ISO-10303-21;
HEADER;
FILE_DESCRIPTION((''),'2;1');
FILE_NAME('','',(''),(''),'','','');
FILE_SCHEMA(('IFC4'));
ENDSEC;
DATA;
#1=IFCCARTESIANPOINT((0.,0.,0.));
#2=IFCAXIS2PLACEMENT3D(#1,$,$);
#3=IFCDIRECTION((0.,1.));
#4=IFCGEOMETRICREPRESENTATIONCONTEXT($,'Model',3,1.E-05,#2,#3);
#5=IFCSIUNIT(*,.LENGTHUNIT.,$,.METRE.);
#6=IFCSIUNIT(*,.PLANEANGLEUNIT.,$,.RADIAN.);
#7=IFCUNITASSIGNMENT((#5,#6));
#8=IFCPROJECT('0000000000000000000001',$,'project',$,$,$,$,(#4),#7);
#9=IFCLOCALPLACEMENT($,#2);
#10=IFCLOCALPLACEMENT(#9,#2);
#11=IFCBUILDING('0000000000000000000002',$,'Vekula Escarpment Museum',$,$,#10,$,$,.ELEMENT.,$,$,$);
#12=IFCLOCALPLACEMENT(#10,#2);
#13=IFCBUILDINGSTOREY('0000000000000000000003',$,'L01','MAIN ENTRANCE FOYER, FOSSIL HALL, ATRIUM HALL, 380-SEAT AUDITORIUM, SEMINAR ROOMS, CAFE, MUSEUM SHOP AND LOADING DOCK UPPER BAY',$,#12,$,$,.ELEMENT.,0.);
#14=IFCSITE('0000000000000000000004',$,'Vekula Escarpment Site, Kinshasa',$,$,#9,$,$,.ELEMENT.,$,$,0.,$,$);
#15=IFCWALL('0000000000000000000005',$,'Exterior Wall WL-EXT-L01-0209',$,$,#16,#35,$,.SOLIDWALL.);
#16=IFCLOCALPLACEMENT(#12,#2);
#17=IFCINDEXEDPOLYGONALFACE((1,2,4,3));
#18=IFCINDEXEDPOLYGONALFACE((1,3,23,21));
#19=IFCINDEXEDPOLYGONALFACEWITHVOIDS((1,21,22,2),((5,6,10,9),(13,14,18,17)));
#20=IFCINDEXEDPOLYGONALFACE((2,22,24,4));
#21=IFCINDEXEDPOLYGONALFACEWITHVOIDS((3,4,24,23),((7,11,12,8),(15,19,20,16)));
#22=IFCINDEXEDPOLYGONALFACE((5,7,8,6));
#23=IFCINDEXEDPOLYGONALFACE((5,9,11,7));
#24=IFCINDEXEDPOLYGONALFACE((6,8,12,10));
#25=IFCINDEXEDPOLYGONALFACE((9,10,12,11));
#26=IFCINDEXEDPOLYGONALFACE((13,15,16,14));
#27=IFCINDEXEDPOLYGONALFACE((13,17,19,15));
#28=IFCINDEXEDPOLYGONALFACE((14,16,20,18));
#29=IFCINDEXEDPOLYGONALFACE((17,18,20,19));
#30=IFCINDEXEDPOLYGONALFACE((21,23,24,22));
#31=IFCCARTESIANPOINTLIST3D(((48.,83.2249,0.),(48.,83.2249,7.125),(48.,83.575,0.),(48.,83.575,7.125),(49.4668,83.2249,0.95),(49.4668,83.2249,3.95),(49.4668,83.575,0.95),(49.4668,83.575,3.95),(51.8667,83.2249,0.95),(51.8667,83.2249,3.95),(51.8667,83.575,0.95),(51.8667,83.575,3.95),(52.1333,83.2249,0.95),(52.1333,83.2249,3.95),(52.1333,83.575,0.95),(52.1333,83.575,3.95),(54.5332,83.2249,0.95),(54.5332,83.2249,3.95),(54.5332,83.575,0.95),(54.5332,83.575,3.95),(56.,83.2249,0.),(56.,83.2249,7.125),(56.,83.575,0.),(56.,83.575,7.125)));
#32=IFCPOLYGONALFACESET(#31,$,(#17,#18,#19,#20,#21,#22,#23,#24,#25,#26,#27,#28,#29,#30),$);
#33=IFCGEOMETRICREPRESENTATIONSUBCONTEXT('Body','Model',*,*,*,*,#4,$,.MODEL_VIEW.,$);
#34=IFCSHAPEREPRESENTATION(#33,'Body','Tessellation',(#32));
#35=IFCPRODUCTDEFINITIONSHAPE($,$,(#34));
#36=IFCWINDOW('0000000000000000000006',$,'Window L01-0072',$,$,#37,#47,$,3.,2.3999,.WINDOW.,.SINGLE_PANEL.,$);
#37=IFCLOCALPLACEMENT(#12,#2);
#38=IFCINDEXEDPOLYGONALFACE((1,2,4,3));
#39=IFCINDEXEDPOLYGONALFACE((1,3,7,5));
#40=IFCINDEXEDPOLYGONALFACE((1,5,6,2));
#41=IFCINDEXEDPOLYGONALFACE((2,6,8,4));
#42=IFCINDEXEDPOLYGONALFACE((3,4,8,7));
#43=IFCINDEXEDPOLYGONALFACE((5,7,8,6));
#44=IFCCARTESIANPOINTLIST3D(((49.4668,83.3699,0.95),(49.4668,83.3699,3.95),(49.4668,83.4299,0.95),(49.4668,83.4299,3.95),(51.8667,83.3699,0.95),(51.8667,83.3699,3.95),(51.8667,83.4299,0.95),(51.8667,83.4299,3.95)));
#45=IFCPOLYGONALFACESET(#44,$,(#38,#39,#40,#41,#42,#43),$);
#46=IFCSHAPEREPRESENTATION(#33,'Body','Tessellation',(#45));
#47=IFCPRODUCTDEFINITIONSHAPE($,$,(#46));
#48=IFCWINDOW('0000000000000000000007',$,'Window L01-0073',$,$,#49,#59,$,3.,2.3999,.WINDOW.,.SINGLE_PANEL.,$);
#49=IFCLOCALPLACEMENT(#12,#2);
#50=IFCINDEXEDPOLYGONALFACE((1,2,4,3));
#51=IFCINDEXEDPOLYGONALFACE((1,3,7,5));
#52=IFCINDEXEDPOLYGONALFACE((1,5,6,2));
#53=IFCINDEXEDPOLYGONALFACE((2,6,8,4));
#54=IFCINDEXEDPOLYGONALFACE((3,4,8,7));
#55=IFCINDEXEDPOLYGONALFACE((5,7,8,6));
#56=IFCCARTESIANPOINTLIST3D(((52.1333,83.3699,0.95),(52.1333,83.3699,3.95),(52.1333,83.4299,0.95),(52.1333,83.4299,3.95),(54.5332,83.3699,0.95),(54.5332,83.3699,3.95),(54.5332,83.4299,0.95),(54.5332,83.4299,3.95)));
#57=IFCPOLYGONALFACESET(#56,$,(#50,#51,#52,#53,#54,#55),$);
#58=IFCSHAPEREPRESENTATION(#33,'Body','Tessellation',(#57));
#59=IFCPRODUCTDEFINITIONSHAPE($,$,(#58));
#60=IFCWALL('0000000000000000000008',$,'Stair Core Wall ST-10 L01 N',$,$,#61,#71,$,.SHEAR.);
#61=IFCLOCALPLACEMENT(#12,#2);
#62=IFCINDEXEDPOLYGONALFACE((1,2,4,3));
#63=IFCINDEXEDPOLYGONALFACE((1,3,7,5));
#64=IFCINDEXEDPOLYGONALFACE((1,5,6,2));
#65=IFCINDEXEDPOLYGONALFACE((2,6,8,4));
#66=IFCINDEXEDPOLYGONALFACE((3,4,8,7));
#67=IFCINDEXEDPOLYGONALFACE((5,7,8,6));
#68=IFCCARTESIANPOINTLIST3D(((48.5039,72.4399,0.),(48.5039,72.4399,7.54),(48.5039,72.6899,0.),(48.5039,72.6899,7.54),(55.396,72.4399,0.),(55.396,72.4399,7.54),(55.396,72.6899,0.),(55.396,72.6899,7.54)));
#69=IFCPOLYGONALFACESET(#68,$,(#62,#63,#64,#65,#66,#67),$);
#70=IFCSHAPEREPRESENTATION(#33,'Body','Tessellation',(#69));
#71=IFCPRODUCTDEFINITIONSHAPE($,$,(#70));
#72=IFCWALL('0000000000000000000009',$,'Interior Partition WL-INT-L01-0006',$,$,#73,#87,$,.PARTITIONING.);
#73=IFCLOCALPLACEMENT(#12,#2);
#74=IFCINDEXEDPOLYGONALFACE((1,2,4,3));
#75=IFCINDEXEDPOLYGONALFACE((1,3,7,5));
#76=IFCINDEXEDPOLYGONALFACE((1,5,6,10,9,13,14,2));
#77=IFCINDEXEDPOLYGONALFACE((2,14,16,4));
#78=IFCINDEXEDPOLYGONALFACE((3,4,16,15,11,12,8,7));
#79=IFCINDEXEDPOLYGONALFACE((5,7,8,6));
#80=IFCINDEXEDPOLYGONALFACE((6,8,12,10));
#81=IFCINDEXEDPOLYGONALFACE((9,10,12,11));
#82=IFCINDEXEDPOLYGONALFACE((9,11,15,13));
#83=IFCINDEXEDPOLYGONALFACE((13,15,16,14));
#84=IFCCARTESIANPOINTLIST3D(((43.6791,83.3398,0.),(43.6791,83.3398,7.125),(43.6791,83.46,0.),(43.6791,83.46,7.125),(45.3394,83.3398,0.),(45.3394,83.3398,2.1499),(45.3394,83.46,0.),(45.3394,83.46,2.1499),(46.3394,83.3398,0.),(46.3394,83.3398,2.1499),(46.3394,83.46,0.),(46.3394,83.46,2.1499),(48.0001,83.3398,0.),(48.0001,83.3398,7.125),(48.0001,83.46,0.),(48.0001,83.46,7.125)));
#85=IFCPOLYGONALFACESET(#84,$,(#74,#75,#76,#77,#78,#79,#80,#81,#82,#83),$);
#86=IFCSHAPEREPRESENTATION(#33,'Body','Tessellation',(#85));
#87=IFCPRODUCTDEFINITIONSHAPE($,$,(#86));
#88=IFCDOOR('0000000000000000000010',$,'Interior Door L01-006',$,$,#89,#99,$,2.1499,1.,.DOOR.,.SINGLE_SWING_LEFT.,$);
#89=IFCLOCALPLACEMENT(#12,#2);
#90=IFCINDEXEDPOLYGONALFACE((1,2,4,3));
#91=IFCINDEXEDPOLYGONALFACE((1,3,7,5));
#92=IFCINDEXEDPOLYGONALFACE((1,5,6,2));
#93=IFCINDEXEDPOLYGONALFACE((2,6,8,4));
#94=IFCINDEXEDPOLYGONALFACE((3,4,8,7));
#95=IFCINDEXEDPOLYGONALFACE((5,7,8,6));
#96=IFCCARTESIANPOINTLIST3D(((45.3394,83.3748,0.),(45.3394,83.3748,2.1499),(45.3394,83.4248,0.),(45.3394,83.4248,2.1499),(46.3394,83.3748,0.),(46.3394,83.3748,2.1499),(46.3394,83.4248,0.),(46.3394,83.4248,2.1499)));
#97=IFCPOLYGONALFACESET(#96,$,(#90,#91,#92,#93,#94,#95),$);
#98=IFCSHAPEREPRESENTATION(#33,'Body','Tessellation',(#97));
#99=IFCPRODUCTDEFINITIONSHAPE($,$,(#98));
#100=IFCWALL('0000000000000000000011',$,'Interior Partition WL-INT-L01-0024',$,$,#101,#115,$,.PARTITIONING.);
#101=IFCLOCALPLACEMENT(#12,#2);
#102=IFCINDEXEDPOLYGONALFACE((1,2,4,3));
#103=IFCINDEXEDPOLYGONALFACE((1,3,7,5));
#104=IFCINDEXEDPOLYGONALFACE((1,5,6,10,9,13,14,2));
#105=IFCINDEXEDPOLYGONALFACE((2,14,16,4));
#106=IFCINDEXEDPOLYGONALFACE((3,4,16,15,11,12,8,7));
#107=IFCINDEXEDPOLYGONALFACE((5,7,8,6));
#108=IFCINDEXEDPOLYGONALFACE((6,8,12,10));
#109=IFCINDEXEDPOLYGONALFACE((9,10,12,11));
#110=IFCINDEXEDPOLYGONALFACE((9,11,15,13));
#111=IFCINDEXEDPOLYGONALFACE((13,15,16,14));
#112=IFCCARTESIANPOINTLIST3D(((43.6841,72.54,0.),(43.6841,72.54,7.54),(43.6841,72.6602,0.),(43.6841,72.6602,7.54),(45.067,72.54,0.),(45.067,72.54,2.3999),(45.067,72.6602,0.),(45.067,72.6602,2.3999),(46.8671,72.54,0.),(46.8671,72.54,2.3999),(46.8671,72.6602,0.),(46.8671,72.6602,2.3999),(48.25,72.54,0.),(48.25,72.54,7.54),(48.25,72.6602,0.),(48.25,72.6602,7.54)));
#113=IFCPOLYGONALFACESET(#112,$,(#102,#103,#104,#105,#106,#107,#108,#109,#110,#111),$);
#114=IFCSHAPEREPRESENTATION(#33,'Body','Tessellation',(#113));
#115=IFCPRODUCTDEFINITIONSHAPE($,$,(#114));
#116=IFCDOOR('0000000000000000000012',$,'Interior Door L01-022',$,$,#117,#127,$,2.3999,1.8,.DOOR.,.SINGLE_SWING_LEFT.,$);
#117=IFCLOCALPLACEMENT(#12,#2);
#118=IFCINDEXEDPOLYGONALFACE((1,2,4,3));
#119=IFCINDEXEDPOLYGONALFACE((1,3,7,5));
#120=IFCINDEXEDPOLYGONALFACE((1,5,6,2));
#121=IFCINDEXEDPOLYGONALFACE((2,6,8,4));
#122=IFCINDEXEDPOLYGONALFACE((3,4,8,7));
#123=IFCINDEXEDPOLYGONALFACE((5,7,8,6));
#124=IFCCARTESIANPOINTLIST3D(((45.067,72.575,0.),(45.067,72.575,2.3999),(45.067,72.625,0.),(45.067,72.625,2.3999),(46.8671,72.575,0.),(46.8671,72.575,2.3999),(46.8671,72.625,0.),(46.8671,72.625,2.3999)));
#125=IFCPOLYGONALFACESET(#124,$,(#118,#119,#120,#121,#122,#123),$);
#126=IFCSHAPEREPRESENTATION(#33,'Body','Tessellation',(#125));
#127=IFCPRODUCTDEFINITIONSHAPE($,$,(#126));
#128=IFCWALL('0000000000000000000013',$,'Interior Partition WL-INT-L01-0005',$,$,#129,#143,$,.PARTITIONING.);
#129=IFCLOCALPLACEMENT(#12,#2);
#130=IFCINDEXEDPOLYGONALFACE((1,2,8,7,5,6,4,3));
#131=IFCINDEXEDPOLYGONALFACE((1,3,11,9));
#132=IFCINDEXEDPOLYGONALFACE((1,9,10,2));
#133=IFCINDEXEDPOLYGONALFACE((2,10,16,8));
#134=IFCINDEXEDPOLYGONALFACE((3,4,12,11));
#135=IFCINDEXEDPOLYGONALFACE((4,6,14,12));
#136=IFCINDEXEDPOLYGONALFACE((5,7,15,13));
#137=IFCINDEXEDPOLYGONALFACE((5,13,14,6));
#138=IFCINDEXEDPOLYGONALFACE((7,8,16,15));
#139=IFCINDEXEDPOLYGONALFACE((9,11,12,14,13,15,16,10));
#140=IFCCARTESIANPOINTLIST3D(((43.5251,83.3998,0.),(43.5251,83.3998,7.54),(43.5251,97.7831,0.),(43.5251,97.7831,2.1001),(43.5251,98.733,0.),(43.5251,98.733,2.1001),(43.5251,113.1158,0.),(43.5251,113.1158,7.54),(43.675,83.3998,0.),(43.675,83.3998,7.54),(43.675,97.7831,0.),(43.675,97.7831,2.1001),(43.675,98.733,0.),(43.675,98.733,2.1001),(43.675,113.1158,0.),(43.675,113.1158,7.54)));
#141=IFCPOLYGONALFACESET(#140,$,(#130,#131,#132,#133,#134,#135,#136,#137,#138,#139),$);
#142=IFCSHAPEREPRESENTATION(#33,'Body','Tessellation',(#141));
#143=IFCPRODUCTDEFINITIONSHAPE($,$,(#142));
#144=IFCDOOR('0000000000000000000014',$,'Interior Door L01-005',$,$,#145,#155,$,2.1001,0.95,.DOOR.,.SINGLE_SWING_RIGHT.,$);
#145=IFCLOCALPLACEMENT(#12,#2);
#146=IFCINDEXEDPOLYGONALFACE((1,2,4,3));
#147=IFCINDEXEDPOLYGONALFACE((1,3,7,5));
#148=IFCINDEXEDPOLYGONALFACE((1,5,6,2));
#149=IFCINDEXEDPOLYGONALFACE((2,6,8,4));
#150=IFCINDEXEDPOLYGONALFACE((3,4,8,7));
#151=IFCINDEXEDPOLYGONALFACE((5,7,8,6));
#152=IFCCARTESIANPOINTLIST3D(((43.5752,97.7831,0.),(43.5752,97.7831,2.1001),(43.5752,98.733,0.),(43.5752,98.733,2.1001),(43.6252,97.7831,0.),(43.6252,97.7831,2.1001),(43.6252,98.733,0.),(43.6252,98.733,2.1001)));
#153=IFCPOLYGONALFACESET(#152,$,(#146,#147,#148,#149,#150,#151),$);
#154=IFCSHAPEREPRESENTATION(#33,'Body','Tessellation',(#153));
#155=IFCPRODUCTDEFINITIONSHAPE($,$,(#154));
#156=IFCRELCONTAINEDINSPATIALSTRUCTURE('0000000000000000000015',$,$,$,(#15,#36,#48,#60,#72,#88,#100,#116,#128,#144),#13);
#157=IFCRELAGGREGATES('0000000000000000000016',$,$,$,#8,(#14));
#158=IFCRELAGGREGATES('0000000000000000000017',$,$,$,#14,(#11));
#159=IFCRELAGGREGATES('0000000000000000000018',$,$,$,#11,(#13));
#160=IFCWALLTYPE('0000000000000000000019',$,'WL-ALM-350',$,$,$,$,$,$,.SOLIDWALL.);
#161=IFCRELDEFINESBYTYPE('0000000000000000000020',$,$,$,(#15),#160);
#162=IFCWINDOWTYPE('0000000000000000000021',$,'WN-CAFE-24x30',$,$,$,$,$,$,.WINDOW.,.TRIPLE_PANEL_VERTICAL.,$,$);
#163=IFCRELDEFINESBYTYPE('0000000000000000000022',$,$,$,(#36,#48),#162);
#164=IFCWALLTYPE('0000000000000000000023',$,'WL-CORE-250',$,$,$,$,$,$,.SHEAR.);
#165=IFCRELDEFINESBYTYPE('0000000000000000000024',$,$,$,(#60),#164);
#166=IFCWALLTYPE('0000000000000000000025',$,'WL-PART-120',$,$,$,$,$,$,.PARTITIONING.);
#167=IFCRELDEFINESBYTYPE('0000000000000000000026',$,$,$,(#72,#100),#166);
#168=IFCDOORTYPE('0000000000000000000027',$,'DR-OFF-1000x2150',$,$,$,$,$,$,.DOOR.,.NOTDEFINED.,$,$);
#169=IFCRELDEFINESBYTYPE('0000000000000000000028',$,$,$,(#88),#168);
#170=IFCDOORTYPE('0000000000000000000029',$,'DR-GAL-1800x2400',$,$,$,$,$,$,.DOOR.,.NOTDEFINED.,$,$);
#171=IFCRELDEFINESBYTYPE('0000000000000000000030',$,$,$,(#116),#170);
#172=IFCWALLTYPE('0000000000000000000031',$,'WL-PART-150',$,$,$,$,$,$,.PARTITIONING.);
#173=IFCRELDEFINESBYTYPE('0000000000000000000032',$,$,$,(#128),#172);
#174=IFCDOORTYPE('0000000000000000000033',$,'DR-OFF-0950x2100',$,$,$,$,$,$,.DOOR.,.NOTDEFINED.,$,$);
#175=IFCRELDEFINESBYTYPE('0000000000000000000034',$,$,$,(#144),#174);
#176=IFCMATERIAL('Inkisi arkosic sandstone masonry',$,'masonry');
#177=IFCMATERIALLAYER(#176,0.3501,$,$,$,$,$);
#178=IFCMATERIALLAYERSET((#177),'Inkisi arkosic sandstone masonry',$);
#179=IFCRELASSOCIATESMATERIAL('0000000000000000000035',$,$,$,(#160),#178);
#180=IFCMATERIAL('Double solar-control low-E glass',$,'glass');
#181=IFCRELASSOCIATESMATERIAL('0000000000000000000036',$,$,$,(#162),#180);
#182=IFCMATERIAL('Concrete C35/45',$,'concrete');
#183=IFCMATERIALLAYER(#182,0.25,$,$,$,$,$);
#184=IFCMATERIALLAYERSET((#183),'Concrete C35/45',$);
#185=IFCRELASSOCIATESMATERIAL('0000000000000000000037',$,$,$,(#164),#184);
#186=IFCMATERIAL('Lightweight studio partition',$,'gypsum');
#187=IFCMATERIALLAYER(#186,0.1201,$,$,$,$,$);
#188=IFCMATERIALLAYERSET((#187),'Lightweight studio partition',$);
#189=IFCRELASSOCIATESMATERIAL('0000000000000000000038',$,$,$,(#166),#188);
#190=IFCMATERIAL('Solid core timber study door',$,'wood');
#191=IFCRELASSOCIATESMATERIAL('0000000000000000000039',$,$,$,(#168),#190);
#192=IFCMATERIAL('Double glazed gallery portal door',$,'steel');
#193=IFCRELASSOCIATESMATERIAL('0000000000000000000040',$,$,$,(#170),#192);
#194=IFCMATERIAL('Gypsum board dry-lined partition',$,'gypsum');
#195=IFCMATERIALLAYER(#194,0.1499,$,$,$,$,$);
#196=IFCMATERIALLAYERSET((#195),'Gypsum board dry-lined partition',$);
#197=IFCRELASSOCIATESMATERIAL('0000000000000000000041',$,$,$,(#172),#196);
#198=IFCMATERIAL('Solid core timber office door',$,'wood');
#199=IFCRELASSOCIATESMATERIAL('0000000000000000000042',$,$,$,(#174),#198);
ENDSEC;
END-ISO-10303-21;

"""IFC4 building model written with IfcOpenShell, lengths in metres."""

from ifc_helpers import new_model, si_unit, direction, frame, frame_2d, origin, place, context, subcontext, project, spatial, rectangle, extrude, material, layer, layer_set, type_object, element, fill, save


model = new_model("IFC4")

# Units and contexts
model_context = context("Model", 3, precision=1e-05, world=origin(), true_north=direction((0.0, 1.0)))
body_context = subcontext(model_context, "Body", "Model", "MODEL_VIEW")
ifc_project = project(units=[si_unit("LENGTHUNIT", "METRE"), si_unit("PLANEANGLEUNIT", "RADIAN")], contexts=[model_context])

# Site, building, storey
site_placement = place(None, origin())
site = spatial("IfcSite", under=ifc_project, at=site_placement, Name="Vekula Escarpment Site, Kinshasa", CompositionType="ELEMENT", RefElevation=0.0)
building_placement = place(site_placement, origin())
building = spatial("IfcBuilding", under=site, at=building_placement, Name="Vekula Escarpment Museum", CompositionType="ELEMENT")
storey_placement = place(building_placement, origin())
storey = spatial("IfcBuildingStorey", under=building, at=storey_placement, Name="L01", Description="MAIN ENTRANCE FOYER, FOSSIL HALL, ATRIUM HALL, 380-SEAT AUDITORIUM, SEMINAR ROOMS, CAFE, MUSEUM SHOP AND LOADING DOCK UPPER BAY", CompositionType="ELEMENT", Elevation=0.0)

# Wall, openings, windows
ifc_material_1 = material(Name="Inkisi arkosic sandstone masonry", Category="masonry")
ifc_layer_1 = layer(ifc_material_1, 0.3501)
ifc_layer_set_1 = layer_set([ifc_layer_1], Name="Inkisi arkosic sandstone masonry")
wall_type_1 = type_object("IfcWallType", Name="WL-ALM-350", PredefinedType="SOLIDWALL", material=ifc_layer_set_1)
wall_1_placement = place(storey_placement, frame((48.0, 83.3999, 0.0), z_axis=(0.0, 0.0, 1.0), x_axis=(1.0, 0.0, 0.0)))
wall_1 = element("IfcWall", 1, at=wall_1_placement, inside=storey, type_object=wall_type_1, Name="Exterior Wall WL-EXT-L01-0209", PredefinedType="SOLIDWALL", context=body_context, shape_type="SweptSolid", body=[
    extrude(rectangle(XDim=8.0, YDim=0.3501, at=frame_2d((4.0, 0.0))), origin(), (0.0, 0.0, 1.0), 7.125),
])
opening_1_placement = place(wall_1_placement, frame((1.4668, 0.0, 0.95)))
opening_1 = element("IfcOpeningElement", 2, at=opening_1_placement, cuts=wall_1, PredefinedType="OPENING", context=body_context, shape_type="SweptSolid", body=[
    extrude(rectangle(XDim=2.3999, YDim=3.0, at=frame_2d((1.2, 1.5))), frame((0.0, 0.1851, 0.0), z_axis=(0.0, -1.0, 0.0), x_axis=(1.0, 0.0, 0.0)), (0.0, 0.0, 1.0), 0.3701),
])
opening_2_placement = place(wall_1_placement, frame((4.1333, 0.0, 0.95)))
opening_2 = element("IfcOpeningElement", 3, at=opening_2_placement, cuts=wall_1, PredefinedType="OPENING", context=body_context, shape_type="SweptSolid", body=[
    extrude(rectangle(XDim=2.3999, YDim=3.0, at=frame_2d((1.2, 1.5))), frame((0.0, 0.1851, 0.0), z_axis=(0.0, -1.0, 0.0), x_axis=(1.0, 0.0, 0.0)), (0.0, 0.0, 1.0), 0.3701),
])
ifc_material_2 = material(Name="Double solar-control low-E glass", Category="glass")
window_type = type_object("IfcWindowType", Name="WN-CAFE-24x30", PartitioningType="TRIPLE_PANEL_VERTICAL", PredefinedType="WINDOW", material=ifc_material_2)
window_1_placement = place(opening_1_placement, origin())
window_1 = element("IfcWindow", 4, at=window_1_placement, inside=storey, type_object=window_type, Name="Window L01-0072", OverallHeight=3.0, OverallWidth=2.3999, PartitioningType="SINGLE_PANEL", PredefinedType="WINDOW", context=body_context, shape_type="SweptSolid", body=[
    extrude(rectangle(XDim=2.3999, YDim=3.0, at=frame_2d((1.2, 1.5))), frame((0.0, 0.03, 0.0), z_axis=(0.0, -1.0, 0.0), x_axis=(1.0, 0.0, 0.0)), (0.0, 0.0, 1.0), 0.0601),
])
fill(opening_1, window_1)
window_2_placement = place(opening_2_placement, origin())
window_2 = element("IfcWindow", 5, at=window_2_placement, inside=storey, type_object=window_type, Name="Window L01-0073", OverallHeight=3.0, OverallWidth=2.3999, PartitioningType="SINGLE_PANEL", PredefinedType="WINDOW", context=body_context, shape_type="SweptSolid", body=[
    extrude(rectangle(XDim=2.3999, YDim=3.0, at=frame_2d((1.2, 1.5))), frame((0.0, 0.03, 0.0), z_axis=(0.0, -1.0, 0.0), x_axis=(1.0, 0.0, 0.0)), (0.0, 0.0, 1.0), 0.0601),
])
fill(opening_2, window_2)

# Wall
ifc_material_3 = material(Name="Concrete C35/45", Category="concrete")
ifc_layer_2 = layer(ifc_material_3, 0.25)
ifc_layer_set_2 = layer_set([ifc_layer_2], Name="Concrete C35/45")
wall_type_2 = type_object("IfcWallType", Name="WL-CORE-250", PredefinedType="SHEAR", material=ifc_layer_set_2)
wall_2_placement = place(storey_placement, frame((48.5039, 72.5649, 0.0), z_axis=(0.0, 0.0, 1.0), x_axis=(1.0, 0.0, 0.0)))
element("IfcWall", 6, at=wall_2_placement, inside=storey, type_object=wall_type_2, Name="Stair Core Wall ST-10 L01 N", PredefinedType="SHEAR", context=body_context, shape_type="SweptSolid", body=[
    extrude(rectangle(XDim=6.8921, YDim=0.25, at=frame_2d((3.446, 0.0))), origin(), (0.0, 0.0, 1.0), 7.54),
])

# Walls, openings, doors
ifc_material_4 = material(Name="Lightweight studio partition", Category="gypsum")
ifc_layer_3 = layer(ifc_material_4, 0.1201)
ifc_layer_set_3 = layer_set([ifc_layer_3], Name="Lightweight studio partition")
wall_type_3 = type_object("IfcWallType", Name="WL-PART-120", PredefinedType="PARTITIONING", material=ifc_layer_set_3)
wall_3_placement = place(storey_placement, frame((43.679, 83.3999, 0.0), z_axis=(0.0, 0.0, 1.0), x_axis=(1.0, 0.0, 0.0)))
wall_3 = element("IfcWall", 7, at=wall_3_placement, inside=storey, type_object=wall_type_3, Name="Interior Partition WL-INT-L01-0006", PredefinedType="PARTITIONING", context=body_context, shape_type="SweptSolid", body=[
    extrude(rectangle(XDim=4.321, YDim=0.1201, at=frame_2d((2.1606, 0.0))), origin(), (0.0, 0.0, 1.0), 7.125),
])
opening_3_placement = place(wall_3_placement, frame((1.6604, 0.0, 0.0)))
opening_3 = element("IfcOpeningElement", 8, at=opening_3_placement, cuts=wall_3, PredefinedType="OPENING", context=body_context, shape_type="SweptSolid", body=[
    extrude(rectangle(XDim=1.0, YDim=2.1499, at=frame_2d((0.5, 1.075))), frame((0.0, 0.0701, 0.0), z_axis=(0.0, -1.0, 0.0), x_axis=(1.0, 0.0, 0.0)), (0.0, 0.0, 1.0), 0.1401),
])
ifc_material_5 = material(Name="Solid core timber study door", Category="wood")
door_type_1 = type_object("IfcDoorType", Name="DR-OFF-1000x2150", OperationType="NOTDEFINED", PredefinedType="DOOR", material=ifc_material_5)
door_1_placement = place(opening_3_placement, origin())
door_1 = element("IfcDoor", 9, at=door_1_placement, inside=storey, type_object=door_type_1, Name="Interior Door L01-006", OperationType="SINGLE_SWING_LEFT", OverallHeight=2.1499, OverallWidth=1.0, PredefinedType="DOOR", context=body_context, shape_type="SweptSolid", body=[
    extrude(rectangle(XDim=1.0, YDim=2.1499, at=frame_2d((0.5, 1.075))), frame((0.0, 0.0249, 0.0), z_axis=(0.0, -1.0, 0.0), x_axis=(1.0, 0.0, 0.0)), (0.0, 0.0, 1.0), 0.05),
])
fill(opening_3, door_1)
wall_4_placement = place(storey_placement, frame((43.6841, 72.6001, 0.0), z_axis=(0.0, 0.0, 1.0), x_axis=(1.0, 0.0, 0.0)))
wall_4 = element("IfcWall", 10, at=wall_4_placement, inside=storey, type_object=wall_type_3, Name="Interior Partition WL-INT-L01-0024", PredefinedType="PARTITIONING", context=body_context, shape_type="SweptSolid", body=[
    extrude(rectangle(XDim=4.5659, YDim=0.1201, at=frame_2d((2.283, 0.0))), origin(), (0.0, 0.0, 1.0), 7.54),
])
opening_4_placement = place(wall_4_placement, frame((1.3831, 0.0, 0.0)))
opening_4 = element("IfcOpeningElement", 11, at=opening_4_placement, cuts=wall_4, PredefinedType="OPENING", context=body_context, shape_type="SweptSolid", body=[
    extrude(rectangle(XDim=1.8, YDim=2.3999, at=frame_2d((0.8999, 1.2))), frame((0.0, 0.0701, 0.0), z_axis=(0.0, -1.0, 0.0), x_axis=(1.0, 0.0, 0.0)), (0.0, 0.0, 1.0), 0.1401),
])
ifc_material_6 = material(Name="Double glazed gallery portal door", Category="steel")
door_type_2 = type_object("IfcDoorType", Name="DR-GAL-1800x2400", OperationType="NOTDEFINED", PredefinedType="DOOR", material=ifc_material_6)
door_2_placement = place(opening_4_placement, origin())
door_2 = element("IfcDoor", 12, at=door_2_placement, inside=storey, type_object=door_type_2, Name="Interior Door L01-022", OperationType="SINGLE_SWING_LEFT", OverallHeight=2.3999, OverallWidth=1.8, PredefinedType="DOOR", context=body_context, shape_type="SweptSolid", body=[
    extrude(rectangle(XDim=1.8, YDim=2.3999, at=frame_2d((0.8999, 1.2))), frame((0.0, 0.0249, 0.0), z_axis=(0.0, -1.0, 0.0), x_axis=(1.0, 0.0, 0.0)), (0.0, 0.0, 1.0), 0.05),
])
fill(opening_4, door_2)
ifc_material_7 = material(Name="Gypsum board dry-lined partition", Category="gypsum")
ifc_layer_4 = layer(ifc_material_7, 0.1499)
ifc_layer_set_4 = layer_set([ifc_layer_4], Name="Gypsum board dry-lined partition")
wall_type_4 = type_object("IfcWallType", Name="WL-PART-150", PredefinedType="PARTITIONING", material=ifc_layer_set_4)
wall_5_placement = place(storey_placement, frame((43.6001, 83.3999, 0.0), z_axis=(0.0, 0.0, 1.0), x_axis=(0.0, 1.0, 0.0)))
wall_5 = element("IfcWall", 13, at=wall_5_placement, inside=storey, type_object=wall_type_4, Name="Interior Partition WL-INT-L01-0005", PredefinedType="PARTITIONING", context=body_context, shape_type="SweptSolid", body=[
    extrude(rectangle(XDim=29.7161, YDim=0.1499, at=frame_2d((14.8579, 0.0))), origin(), (0.0, 0.0, 1.0), 7.54),
])
opening_5_placement = place(wall_5_placement, frame((14.3831, 0.0, 0.0)))
opening_5 = element("IfcOpeningElement", 14, at=opening_5_placement, cuts=wall_5, PredefinedType="OPENING", context=body_context, shape_type="SweptSolid", body=[
    extrude(rectangle(XDim=0.95, YDim=2.1001, at=frame_2d((0.4751, 1.05))), frame((0.0, 0.085, 0.0), z_axis=(0.0, -1.0, 0.0), x_axis=(1.0, 0.0, 0.0)), (0.0, 0.0, 1.0), 0.1699),
])
ifc_material_8 = material(Name="Solid core timber office door", Category="wood")
door_type_3 = type_object("IfcDoorType", Name="DR-OFF-0950x2100", OperationType="NOTDEFINED", PredefinedType="DOOR", material=ifc_material_8)
door_3_placement = place(opening_5_placement, origin())
door_3 = element("IfcDoor", 15, at=door_3_placement, inside=storey, type_object=door_type_3, Name="Interior Door L01-005", OperationType="SINGLE_SWING_RIGHT", OverallHeight=2.1001, OverallWidth=0.95, PredefinedType="DOOR", context=body_context, shape_type="SweptSolid", body=[
    extrude(rectangle(XDim=0.95, YDim=2.1001, at=frame_2d((0.4751, 1.05))), frame((0.0, 0.0249, 0.0), z_axis=(0.0, -1.0, 0.0), x_axis=(1.0, 0.0, 0.0)), (0.0, 0.0, 1.0), 0.05),
])
fill(opening_5, door_3)

save(model, "model.ifc")
